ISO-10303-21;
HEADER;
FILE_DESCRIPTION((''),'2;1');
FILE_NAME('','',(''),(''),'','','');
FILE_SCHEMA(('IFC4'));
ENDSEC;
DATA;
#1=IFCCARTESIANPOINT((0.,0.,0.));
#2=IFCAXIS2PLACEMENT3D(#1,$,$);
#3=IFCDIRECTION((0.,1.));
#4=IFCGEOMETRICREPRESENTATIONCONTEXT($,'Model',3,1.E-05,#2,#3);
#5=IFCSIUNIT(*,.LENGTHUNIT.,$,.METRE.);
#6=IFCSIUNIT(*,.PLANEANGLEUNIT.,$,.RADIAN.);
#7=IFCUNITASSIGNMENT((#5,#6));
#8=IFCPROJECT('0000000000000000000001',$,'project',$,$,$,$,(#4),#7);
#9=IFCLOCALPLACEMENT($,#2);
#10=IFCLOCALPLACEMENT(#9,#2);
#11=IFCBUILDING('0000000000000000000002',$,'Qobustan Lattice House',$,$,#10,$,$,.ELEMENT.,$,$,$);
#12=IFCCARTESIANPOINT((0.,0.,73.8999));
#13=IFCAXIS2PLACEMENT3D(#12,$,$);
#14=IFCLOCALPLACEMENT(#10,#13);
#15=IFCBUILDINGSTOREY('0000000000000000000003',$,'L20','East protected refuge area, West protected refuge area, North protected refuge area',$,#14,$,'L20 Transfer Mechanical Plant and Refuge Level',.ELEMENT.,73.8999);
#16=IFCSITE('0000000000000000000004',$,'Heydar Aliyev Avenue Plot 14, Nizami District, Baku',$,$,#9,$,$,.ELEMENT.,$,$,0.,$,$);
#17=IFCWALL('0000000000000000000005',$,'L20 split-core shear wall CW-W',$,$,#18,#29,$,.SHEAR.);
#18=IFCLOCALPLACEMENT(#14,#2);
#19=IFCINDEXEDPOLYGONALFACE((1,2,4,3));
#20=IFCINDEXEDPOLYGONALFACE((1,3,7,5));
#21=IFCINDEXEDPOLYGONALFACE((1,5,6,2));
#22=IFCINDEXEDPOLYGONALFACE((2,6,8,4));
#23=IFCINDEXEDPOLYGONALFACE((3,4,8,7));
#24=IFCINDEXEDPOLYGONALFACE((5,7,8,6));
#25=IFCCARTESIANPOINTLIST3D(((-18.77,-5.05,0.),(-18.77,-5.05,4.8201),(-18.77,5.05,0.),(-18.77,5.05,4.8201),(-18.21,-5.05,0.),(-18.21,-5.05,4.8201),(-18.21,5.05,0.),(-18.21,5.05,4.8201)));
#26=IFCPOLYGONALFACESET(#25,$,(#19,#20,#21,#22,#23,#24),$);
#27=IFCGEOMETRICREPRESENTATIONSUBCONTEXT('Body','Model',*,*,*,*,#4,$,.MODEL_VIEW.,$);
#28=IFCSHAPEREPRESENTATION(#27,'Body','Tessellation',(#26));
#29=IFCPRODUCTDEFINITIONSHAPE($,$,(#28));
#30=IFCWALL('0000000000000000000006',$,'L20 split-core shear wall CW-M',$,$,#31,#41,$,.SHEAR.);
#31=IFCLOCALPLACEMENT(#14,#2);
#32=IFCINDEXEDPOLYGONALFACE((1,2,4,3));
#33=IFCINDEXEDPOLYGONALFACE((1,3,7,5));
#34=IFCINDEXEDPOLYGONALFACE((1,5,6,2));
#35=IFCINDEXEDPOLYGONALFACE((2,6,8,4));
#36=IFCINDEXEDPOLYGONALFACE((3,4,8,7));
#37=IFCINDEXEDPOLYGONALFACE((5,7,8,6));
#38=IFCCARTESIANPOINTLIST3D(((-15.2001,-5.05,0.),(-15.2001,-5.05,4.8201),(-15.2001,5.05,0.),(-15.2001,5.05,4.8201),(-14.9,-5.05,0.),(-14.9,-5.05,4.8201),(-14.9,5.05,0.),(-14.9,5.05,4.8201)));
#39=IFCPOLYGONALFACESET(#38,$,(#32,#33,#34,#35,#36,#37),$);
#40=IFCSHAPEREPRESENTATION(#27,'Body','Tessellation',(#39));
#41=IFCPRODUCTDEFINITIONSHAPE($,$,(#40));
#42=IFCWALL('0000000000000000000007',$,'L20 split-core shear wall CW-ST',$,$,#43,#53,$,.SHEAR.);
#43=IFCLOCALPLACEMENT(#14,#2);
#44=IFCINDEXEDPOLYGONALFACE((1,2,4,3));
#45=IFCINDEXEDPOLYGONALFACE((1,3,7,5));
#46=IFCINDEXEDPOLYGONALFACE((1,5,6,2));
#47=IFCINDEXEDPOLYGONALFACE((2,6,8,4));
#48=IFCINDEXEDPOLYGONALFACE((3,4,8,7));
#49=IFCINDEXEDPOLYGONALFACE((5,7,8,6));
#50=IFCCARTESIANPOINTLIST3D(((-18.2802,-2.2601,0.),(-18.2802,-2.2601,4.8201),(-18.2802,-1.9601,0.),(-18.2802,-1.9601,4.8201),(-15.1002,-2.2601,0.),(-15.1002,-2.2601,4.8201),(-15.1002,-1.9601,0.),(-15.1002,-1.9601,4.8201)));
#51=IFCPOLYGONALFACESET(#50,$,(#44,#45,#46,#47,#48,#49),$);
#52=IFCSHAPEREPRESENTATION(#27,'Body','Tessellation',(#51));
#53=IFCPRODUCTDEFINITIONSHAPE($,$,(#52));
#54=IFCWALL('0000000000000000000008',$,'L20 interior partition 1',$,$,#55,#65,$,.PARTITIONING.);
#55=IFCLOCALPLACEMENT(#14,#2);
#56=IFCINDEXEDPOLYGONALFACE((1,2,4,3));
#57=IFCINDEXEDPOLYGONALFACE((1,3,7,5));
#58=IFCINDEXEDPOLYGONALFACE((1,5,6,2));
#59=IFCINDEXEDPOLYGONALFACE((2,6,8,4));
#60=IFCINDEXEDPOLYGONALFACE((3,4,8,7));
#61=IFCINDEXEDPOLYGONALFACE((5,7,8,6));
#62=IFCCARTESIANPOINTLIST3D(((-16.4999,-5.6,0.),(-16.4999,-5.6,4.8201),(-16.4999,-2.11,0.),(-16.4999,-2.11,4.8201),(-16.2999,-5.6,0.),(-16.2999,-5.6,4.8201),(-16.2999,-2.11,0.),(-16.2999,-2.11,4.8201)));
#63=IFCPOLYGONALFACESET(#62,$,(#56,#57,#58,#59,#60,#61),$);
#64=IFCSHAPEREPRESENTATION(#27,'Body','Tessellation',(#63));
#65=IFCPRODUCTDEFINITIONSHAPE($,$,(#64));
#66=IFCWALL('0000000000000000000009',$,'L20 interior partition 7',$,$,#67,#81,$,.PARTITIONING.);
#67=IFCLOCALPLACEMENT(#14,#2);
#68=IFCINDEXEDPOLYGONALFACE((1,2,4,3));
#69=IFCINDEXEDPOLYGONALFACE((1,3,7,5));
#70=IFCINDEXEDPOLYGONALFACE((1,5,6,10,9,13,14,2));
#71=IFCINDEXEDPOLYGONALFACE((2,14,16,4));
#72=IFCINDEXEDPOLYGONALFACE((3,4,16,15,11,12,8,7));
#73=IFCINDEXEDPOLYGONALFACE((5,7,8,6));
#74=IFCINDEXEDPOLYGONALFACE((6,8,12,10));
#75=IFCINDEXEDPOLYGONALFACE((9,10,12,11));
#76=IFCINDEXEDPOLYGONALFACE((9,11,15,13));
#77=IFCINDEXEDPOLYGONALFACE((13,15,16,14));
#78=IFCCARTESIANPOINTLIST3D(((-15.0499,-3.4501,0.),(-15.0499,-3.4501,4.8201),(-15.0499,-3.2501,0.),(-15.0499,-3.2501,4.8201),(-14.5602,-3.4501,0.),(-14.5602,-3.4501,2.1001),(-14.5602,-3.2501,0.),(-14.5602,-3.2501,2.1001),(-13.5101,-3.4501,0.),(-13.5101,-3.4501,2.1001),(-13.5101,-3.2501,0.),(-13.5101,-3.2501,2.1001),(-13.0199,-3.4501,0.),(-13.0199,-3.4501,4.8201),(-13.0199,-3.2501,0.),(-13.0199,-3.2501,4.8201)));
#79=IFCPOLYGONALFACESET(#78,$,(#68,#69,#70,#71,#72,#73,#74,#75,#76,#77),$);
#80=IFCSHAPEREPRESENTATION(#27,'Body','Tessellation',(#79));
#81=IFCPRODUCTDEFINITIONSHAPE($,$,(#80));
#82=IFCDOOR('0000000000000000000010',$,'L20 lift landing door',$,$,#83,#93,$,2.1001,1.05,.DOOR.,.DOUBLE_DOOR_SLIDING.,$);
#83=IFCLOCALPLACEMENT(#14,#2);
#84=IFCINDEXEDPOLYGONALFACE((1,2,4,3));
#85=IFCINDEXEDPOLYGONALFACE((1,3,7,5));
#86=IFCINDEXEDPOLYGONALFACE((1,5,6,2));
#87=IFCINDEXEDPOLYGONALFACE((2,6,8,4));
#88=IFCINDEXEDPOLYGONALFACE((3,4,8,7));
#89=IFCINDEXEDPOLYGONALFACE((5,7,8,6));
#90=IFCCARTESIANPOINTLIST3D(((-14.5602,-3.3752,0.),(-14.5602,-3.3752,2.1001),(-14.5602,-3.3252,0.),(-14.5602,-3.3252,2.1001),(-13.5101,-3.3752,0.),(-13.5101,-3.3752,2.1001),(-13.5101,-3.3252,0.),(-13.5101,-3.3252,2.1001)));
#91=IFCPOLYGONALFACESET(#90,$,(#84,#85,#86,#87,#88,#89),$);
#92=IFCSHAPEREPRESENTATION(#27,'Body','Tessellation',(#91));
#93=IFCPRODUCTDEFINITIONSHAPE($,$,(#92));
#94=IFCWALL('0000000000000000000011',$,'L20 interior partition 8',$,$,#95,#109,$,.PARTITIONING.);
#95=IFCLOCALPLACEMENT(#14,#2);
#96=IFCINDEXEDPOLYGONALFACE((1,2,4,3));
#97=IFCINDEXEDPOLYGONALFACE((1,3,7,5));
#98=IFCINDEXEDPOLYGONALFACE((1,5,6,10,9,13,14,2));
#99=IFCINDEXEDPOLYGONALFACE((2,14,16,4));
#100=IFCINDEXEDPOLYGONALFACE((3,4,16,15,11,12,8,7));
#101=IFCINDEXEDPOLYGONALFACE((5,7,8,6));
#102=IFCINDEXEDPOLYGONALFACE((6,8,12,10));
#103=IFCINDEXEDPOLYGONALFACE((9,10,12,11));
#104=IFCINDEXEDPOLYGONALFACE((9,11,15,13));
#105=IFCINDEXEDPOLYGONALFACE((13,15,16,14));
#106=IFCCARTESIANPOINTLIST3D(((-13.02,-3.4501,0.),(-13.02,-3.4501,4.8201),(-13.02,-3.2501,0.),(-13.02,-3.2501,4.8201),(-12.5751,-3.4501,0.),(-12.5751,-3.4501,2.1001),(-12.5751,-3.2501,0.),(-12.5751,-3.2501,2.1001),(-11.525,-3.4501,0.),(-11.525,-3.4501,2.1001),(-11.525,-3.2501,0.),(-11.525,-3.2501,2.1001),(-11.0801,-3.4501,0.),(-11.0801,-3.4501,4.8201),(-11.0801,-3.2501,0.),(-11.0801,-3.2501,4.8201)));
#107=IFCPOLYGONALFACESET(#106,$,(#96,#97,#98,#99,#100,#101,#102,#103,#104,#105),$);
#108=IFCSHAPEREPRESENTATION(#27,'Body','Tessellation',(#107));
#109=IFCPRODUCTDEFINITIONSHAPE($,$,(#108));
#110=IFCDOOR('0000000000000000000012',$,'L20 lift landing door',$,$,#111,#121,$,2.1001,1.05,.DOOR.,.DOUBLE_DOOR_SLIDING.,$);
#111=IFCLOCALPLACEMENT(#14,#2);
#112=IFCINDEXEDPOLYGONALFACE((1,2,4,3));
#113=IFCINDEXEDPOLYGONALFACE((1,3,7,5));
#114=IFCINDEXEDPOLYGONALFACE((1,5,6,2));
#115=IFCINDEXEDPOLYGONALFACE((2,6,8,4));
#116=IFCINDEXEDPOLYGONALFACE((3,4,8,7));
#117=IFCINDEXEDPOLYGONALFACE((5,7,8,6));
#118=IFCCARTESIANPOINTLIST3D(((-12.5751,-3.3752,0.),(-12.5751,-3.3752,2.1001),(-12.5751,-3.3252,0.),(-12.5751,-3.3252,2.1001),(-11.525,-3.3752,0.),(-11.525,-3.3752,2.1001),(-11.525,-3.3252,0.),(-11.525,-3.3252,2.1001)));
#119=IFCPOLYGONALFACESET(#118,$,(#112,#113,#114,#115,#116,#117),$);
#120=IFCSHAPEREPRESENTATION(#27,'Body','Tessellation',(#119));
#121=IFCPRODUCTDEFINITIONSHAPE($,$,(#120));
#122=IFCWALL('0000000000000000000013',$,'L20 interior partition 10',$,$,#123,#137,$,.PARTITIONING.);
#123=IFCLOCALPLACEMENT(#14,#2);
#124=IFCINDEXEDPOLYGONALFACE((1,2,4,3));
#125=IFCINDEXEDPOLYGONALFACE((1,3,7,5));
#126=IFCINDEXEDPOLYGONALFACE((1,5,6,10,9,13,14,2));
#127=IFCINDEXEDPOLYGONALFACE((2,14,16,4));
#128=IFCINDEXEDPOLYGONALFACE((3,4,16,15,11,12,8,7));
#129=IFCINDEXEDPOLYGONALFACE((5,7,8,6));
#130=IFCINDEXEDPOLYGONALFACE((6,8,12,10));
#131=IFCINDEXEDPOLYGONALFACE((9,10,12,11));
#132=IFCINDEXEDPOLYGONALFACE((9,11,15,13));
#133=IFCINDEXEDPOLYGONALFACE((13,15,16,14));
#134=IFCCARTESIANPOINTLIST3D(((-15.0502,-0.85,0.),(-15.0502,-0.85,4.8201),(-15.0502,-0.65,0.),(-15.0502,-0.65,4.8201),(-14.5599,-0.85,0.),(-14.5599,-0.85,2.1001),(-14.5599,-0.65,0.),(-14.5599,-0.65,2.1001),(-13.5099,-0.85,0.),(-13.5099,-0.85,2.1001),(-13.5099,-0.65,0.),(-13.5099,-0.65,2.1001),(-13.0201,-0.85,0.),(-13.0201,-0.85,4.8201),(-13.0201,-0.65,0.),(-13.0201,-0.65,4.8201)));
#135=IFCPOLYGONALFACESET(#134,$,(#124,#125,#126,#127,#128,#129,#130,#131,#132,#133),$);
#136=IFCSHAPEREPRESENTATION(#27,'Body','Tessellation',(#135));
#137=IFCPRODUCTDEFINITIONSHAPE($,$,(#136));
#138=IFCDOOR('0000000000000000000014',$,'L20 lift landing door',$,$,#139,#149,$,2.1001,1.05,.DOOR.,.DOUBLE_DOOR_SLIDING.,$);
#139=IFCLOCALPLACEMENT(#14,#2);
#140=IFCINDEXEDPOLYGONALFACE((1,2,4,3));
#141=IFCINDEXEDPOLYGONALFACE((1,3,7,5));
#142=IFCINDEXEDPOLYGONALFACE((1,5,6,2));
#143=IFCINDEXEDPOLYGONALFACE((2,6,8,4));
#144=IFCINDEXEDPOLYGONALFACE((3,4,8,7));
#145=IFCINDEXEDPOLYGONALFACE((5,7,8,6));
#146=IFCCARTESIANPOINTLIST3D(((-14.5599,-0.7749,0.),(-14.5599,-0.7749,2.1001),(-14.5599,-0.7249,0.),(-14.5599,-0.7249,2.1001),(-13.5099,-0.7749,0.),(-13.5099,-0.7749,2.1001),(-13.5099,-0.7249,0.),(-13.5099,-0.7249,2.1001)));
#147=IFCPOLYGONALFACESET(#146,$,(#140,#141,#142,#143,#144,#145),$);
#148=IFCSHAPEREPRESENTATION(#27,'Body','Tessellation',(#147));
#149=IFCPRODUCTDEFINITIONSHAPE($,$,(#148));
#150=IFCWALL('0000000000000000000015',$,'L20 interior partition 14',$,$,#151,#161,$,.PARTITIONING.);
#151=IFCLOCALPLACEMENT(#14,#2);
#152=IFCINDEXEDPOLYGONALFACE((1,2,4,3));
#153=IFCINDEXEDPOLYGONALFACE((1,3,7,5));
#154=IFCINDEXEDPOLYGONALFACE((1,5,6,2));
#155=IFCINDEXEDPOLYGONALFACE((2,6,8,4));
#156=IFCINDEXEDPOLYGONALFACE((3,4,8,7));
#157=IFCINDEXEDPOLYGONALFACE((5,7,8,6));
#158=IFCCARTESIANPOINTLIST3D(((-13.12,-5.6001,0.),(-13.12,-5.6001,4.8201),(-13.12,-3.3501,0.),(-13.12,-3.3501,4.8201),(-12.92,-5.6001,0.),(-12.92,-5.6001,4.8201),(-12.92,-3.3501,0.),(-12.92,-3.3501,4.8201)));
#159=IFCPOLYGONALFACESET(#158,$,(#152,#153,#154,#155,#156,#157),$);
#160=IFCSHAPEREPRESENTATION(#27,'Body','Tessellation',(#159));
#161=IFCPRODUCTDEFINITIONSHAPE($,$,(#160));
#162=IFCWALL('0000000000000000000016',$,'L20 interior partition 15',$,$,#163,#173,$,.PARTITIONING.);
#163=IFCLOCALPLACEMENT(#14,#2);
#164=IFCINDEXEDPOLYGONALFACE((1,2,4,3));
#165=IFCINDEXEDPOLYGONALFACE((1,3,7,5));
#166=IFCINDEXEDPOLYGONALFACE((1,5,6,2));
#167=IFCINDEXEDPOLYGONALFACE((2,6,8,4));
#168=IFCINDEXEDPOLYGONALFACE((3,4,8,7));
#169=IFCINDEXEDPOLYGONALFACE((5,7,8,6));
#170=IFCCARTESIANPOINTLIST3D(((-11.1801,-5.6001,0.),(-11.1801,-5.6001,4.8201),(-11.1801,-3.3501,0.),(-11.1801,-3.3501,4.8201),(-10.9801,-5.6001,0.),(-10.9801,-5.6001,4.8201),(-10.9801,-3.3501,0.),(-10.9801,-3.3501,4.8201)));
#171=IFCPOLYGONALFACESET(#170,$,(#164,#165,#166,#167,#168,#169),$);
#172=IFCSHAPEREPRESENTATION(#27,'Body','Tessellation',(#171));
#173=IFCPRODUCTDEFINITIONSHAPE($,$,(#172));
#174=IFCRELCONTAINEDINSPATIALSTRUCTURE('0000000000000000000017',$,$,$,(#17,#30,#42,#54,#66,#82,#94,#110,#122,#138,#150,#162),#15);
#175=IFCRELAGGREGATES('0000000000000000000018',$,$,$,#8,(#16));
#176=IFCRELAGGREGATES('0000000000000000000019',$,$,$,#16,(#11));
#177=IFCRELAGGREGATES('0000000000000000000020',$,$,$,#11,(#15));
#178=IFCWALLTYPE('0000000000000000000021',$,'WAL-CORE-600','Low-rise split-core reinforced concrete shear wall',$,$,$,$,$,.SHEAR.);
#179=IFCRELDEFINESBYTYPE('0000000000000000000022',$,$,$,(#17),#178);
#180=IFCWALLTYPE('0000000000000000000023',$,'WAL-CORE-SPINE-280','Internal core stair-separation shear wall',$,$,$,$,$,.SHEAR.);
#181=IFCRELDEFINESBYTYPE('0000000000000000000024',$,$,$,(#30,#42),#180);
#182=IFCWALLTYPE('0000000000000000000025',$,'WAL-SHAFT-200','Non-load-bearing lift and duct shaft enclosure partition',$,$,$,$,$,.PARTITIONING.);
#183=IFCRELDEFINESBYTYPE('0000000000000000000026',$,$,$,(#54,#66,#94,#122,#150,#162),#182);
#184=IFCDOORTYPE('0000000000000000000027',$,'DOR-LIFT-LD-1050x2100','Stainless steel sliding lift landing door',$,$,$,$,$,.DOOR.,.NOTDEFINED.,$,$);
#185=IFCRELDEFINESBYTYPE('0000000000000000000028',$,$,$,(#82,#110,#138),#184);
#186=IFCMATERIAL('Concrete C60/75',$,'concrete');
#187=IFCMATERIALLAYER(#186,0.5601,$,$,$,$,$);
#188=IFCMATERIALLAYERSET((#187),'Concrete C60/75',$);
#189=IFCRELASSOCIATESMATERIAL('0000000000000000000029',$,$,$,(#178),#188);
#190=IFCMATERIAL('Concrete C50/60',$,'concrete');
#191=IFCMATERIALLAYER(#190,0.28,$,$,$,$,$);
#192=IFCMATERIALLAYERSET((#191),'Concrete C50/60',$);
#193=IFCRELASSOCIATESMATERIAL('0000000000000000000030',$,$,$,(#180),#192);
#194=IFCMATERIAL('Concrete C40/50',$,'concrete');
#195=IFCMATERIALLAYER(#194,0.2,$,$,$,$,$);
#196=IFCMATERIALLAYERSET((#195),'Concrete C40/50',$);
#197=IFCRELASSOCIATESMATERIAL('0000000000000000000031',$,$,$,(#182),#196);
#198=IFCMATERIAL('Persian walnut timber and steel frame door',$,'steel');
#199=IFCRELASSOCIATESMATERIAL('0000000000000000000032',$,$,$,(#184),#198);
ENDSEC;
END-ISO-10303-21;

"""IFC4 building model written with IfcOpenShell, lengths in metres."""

from ifc_helpers import new_model, si_unit, direction, frame, frame_2d, origin, place, context, subcontext, project, spatial, rectangle, extrude, material, layer, layer_set, type_object, element, fill, save


model = new_model("IFC4")

# Units and contexts
model_context = context("Model", 3, precision=1e-05, world=origin(), true_north=direction((0.0, 1.0)))
body_context = subcontext(model_context, "Body", "Model", "MODEL_VIEW")
ifc_project = project(units=[si_unit("LENGTHUNIT", "METRE"), si_unit("PLANEANGLEUNIT", "RADIAN")], contexts=[model_context])

# Site, building, storey
site_placement = place(None, origin())
site = spatial("IfcSite", under=ifc_project, at=site_placement, Name="Heydar Aliyev Avenue Plot 14, Nizami District, Baku", CompositionType="ELEMENT", RefElevation=0.0)
building_placement = place(site_placement, origin())
building = spatial("IfcBuilding", under=site, at=building_placement, Name="Qobustan Lattice House", CompositionType="ELEMENT")
storey_placement = place(building_placement, frame((0.0, 0.0, 73.8999)))
storey = spatial("IfcBuildingStorey", under=building, at=storey_placement, Name="L20", Description="East protected refuge area, West protected refuge area, North protected refuge area", LongName="L20 Transfer Mechanical Plant and Refuge Level", CompositionType="ELEMENT", Elevation=73.8999)

# Shared definitions
ifc_material_1 = material(Name="Concrete C60/75", Category="concrete")
ifc_layer_1 = layer(ifc_material_1, 0.5601)
ifc_layer_set_1 = layer_set([ifc_layer_1], Name="Concrete C60/75")
wall_type_1 = type_object("IfcWallType", Name="WAL-CORE-600", Description="Low-rise split-core reinforced concrete shear wall", PredefinedType="SHEAR", material=ifc_layer_set_1)

# Walls
wall_1_placement = place(storey_placement, frame((-18.49, -5.05, 0.0), z_axis=(0.0, 0.0, 1.0), x_axis=(0.0, 1.0, 0.0)))
element("IfcWall", 1, at=wall_1_placement, inside=storey, type_object=wall_type_1, Name="L20 split-core shear wall CW-W", PredefinedType="SHEAR", context=body_context, shape_type="SweptSolid", body=[
    extrude(rectangle(XDim=10.1001, YDim=0.5601, at=frame_2d((5.05, 0.0))), origin(), (0.0, 0.0, 1.0), 4.8201),
])
ifc_material_2 = material(Name="Concrete C50/60", Category="concrete")
ifc_layer_2 = layer(ifc_material_2, 0.28)
ifc_layer_set_2 = layer_set([ifc_layer_2], Name="Concrete C50/60")
wall_type_2 = type_object("IfcWallType", Name="WAL-CORE-SPINE-280", Description="Internal core stair-separation shear wall", PredefinedType="SHEAR", material=ifc_layer_set_2)
wall_2_placement = place(storey_placement, frame((-15.05, -5.05, 0.0), z_axis=(0.0, 0.0, 1.0), x_axis=(0.0, 1.0, 0.0)))
element("IfcWall", 2, at=wall_2_placement, inside=storey, type_object=wall_type_2, Name="L20 split-core shear wall CW-M", PredefinedType="SHEAR", context=body_context, shape_type="SweptSolid", body=[
    extrude(rectangle(XDim=10.1001, YDim=0.3, at=frame_2d((5.05, 0.0))), origin(), (0.0, 0.0, 1.0), 4.8201),
])
wall_3_placement = place(storey_placement, frame((-18.28, -2.1101, 0.0), z_axis=(0.0, 0.0, 1.0), x_axis=(1.0, 0.0, 0.0)))
element("IfcWall", 3, at=wall_3_placement, inside=storey, type_object=wall_type_2, Name="L20 split-core shear wall CW-ST", PredefinedType="SHEAR", context=body_context, shape_type="SweptSolid", body=[
    extrude(rectangle(XDim=3.1799, YDim=0.3, at=frame_2d((1.5898, 0.0))), origin(), (0.0, 0.0, 1.0), 4.8201),
])
ifc_material_3 = material(Name="Concrete C40/50", Category="concrete")
ifc_layer_3 = layer(ifc_material_3, 0.2)
ifc_layer_set_3 = layer_set([ifc_layer_3], Name="Concrete C40/50")
wall_type_3 = type_object("IfcWallType", Name="WAL-SHAFT-200", Description="Non-load-bearing lift and duct shaft enclosure partition", PredefinedType="PARTITIONING", material=ifc_layer_set_3)
wall_4_placement = place(storey_placement, frame((-16.3999, -5.6001, 0.0), z_axis=(0.0, 0.0, 1.0), x_axis=(0.0, 1.0, 0.0)))
element("IfcWall", 4, at=wall_4_placement, inside=storey, type_object=wall_type_3, Name="L20 interior partition 1", PredefinedType="PARTITIONING", context=body_context, shape_type="SweptSolid", body=[
    extrude(rectangle(XDim=3.49, YDim=0.2, at=frame_2d((1.7451, 0.0))), origin(), (0.0, 0.0, 1.0), 4.8201),
])

# Walls, openings, doors
wall_5_placement = place(storey_placement, frame((-15.05, -3.3501, 0.0), z_axis=(0.0, 0.0, 1.0), x_axis=(1.0, 0.0, 0.0)))
wall_5 = element("IfcWall", 5, at=wall_5_placement, inside=storey, type_object=wall_type_3, Name="L20 interior partition 7", PredefinedType="PARTITIONING", context=body_context, shape_type="SweptSolid", body=[
    extrude(rectangle(XDim=2.03, YDim=0.2, at=frame_2d((1.0151, 0.0))), origin(), (0.0, 0.0, 1.0), 4.8201),
])
opening_1_placement = place(wall_5_placement, frame((0.49, 0.0, 0.0)))
opening_1 = element("IfcOpeningElement", 6, at=opening_1_placement, cuts=wall_5, PredefinedType="OPENING", context=body_context, shape_type="SweptSolid", body=[
    extrude(rectangle(XDim=1.05, YDim=2.1001, at=frame_2d((0.5249, 1.05))), frame((0.0, 0.1099, 0.0), z_axis=(0.0, -1.0, 0.0), x_axis=(1.0, 0.0, 0.0)), (0.0, 0.0, 1.0), 0.22),
])
ifc_material_4 = material(Name="Persian walnut timber and steel frame door", Category="steel")
door_type_1 = type_object("IfcDoorType", Name="DOR-LIFT-LD-1050x2100", Description="Stainless steel sliding lift landing door", OperationType="NOTDEFINED", PredefinedType="DOOR", material=ifc_material_4)
door_1_placement = place(opening_1_placement, origin())
door_1 = element("IfcDoor", 7, at=door_1_placement, inside=storey, type_object=door_type_1, Name="L20 lift landing door", OperationType="DOUBLE_DOOR_SLIDING", OverallHeight=2.1001, OverallWidth=1.05, PredefinedType="DOOR", context=body_context, shape_type="SweptSolid", body=[
    extrude(rectangle(XDim=1.05, YDim=2.1001, at=frame_2d((0.5249, 1.05))), frame((0.0, 0.0249, 0.0), z_axis=(0.0, -1.0, 0.0), x_axis=(1.0, 0.0, 0.0)), (0.0, 0.0, 1.0), 0.05),
])
fill(opening_1, door_1)
wall_6_placement = place(storey_placement, frame((-13.02, -3.3501, 0.0), z_axis=(0.0, 0.0, 1.0), x_axis=(1.0, 0.0, 0.0)))
wall_6 = element("IfcWall", 8, at=wall_6_placement, inside=storey, type_object=wall_type_3, Name="L20 interior partition 8", PredefinedType="PARTITIONING", context=body_context, shape_type="SweptSolid", body=[
    extrude(rectangle(XDim=1.9399, YDim=0.2, at=frame_2d((0.97, 0.0))), origin(), (0.0, 0.0, 1.0), 4.8201),
])
opening_2_placement = place(wall_6_placement, frame((0.4451, 0.0, 0.0)))
opening_2 = element("IfcOpeningElement", 9, at=opening_2_placement, cuts=wall_6, PredefinedType="OPENING", context=body_context, shape_type="SweptSolid", body=[
    extrude(rectangle(XDim=1.05, YDim=2.1001, at=frame_2d((0.5249, 1.05))), frame((0.0, 0.1099, 0.0), z_axis=(0.0, -1.0, 0.0), x_axis=(1.0, 0.0, 0.0)), (0.0, 0.0, 1.0), 0.22),
])
door_2_placement = place(opening_2_placement, origin())
door_2 = element("IfcDoor", 10, at=door_2_placement, inside=storey, type_object=door_type_1, Name="L20 lift landing door", OperationType="DOUBLE_DOOR_SLIDING", OverallHeight=2.1001, OverallWidth=1.05, PredefinedType="DOOR", context=body_context, shape_type="SweptSolid", body=[
    extrude(rectangle(XDim=1.05, YDim=2.1001, at=frame_2d((0.5249, 1.05))), frame((0.0, 0.0249, 0.0), z_axis=(0.0, -1.0, 0.0), x_axis=(1.0, 0.0, 0.0)), (0.0, 0.0, 1.0), 0.05),
])
fill(opening_2, door_2)
wall_7_placement = place(storey_placement, frame((-13.02, -0.75, 0.0), z_axis=(0.0, 0.0, 1.0), x_axis=(-1.0, 0.0, 0.0)))
wall_7 = element("IfcWall", 11, at=wall_7_placement, inside=storey, type_object=wall_type_3, Name="L20 interior partition 10", PredefinedType="PARTITIONING", context=body_context, shape_type="SweptSolid", body=[
    extrude(rectangle(XDim=2.03, YDim=0.2, at=frame_2d((1.0151, 0.0))), origin(), (0.0, 0.0, 1.0), 4.8201),
])
opening_3_placement = place(wall_7_placement, frame((0.49, 0.0, 0.0)))
opening_3 = element("IfcOpeningElement", 12, at=opening_3_placement, cuts=wall_7, PredefinedType="OPENING", context=body_context, shape_type="SweptSolid", body=[
    extrude(rectangle(XDim=1.05, YDim=2.1001, at=frame_2d((0.5249, 1.05))), frame((0.0, 0.1099, 0.0), z_axis=(0.0, -1.0, 0.0), x_axis=(1.0, 0.0, 0.0)), (0.0, 0.0, 1.0), 0.22),
])
door_3_placement = place(opening_3_placement, origin())
door_3 = element("IfcDoor", 13, at=door_3_placement, inside=storey, type_object=door_type_1, Name="L20 lift landing door", OperationType="DOUBLE_DOOR_SLIDING", OverallHeight=2.1001, OverallWidth=1.05, PredefinedType="DOOR", context=body_context, shape_type="SweptSolid", body=[
    extrude(rectangle(XDim=1.05, YDim=2.1001, at=frame_2d((0.5249, 1.05))), frame((0.0, 0.0249, 0.0), z_axis=(0.0, -1.0, 0.0), x_axis=(1.0, 0.0, 0.0)), (0.0, 0.0, 1.0), 0.05),
])
fill(opening_3, door_3)

# Walls
for number, where, z_axis, x_axis, name in (
    (14, (-13.02, -5.6001, 0.0), (0.0, 0.0, 1.0), (0.0, 1.0, 0.0), "L20 interior partition 14"),
    (15, (-11.0801, -5.6001, 0.0), (0.0, 0.0, 1.0), (0.0, 1.0, 0.0), "L20 interior partition 15"),
):
    element("IfcWall", number, at=place(storey_placement, frame(where, z_axis=z_axis, x_axis=x_axis)), inside=storey, type_object=wall_type_3, Name=name, PredefinedType="PARTITIONING", context=body_context, shape_type="SweptSolid", body=[
        extrude(rectangle(XDim=2.25, YDim=0.2, at=frame_2d((1.125, 0.0))), origin(), (0.0, 0.0, 1.0), 4.8201),
    ])

save(model, "model.ifc")
